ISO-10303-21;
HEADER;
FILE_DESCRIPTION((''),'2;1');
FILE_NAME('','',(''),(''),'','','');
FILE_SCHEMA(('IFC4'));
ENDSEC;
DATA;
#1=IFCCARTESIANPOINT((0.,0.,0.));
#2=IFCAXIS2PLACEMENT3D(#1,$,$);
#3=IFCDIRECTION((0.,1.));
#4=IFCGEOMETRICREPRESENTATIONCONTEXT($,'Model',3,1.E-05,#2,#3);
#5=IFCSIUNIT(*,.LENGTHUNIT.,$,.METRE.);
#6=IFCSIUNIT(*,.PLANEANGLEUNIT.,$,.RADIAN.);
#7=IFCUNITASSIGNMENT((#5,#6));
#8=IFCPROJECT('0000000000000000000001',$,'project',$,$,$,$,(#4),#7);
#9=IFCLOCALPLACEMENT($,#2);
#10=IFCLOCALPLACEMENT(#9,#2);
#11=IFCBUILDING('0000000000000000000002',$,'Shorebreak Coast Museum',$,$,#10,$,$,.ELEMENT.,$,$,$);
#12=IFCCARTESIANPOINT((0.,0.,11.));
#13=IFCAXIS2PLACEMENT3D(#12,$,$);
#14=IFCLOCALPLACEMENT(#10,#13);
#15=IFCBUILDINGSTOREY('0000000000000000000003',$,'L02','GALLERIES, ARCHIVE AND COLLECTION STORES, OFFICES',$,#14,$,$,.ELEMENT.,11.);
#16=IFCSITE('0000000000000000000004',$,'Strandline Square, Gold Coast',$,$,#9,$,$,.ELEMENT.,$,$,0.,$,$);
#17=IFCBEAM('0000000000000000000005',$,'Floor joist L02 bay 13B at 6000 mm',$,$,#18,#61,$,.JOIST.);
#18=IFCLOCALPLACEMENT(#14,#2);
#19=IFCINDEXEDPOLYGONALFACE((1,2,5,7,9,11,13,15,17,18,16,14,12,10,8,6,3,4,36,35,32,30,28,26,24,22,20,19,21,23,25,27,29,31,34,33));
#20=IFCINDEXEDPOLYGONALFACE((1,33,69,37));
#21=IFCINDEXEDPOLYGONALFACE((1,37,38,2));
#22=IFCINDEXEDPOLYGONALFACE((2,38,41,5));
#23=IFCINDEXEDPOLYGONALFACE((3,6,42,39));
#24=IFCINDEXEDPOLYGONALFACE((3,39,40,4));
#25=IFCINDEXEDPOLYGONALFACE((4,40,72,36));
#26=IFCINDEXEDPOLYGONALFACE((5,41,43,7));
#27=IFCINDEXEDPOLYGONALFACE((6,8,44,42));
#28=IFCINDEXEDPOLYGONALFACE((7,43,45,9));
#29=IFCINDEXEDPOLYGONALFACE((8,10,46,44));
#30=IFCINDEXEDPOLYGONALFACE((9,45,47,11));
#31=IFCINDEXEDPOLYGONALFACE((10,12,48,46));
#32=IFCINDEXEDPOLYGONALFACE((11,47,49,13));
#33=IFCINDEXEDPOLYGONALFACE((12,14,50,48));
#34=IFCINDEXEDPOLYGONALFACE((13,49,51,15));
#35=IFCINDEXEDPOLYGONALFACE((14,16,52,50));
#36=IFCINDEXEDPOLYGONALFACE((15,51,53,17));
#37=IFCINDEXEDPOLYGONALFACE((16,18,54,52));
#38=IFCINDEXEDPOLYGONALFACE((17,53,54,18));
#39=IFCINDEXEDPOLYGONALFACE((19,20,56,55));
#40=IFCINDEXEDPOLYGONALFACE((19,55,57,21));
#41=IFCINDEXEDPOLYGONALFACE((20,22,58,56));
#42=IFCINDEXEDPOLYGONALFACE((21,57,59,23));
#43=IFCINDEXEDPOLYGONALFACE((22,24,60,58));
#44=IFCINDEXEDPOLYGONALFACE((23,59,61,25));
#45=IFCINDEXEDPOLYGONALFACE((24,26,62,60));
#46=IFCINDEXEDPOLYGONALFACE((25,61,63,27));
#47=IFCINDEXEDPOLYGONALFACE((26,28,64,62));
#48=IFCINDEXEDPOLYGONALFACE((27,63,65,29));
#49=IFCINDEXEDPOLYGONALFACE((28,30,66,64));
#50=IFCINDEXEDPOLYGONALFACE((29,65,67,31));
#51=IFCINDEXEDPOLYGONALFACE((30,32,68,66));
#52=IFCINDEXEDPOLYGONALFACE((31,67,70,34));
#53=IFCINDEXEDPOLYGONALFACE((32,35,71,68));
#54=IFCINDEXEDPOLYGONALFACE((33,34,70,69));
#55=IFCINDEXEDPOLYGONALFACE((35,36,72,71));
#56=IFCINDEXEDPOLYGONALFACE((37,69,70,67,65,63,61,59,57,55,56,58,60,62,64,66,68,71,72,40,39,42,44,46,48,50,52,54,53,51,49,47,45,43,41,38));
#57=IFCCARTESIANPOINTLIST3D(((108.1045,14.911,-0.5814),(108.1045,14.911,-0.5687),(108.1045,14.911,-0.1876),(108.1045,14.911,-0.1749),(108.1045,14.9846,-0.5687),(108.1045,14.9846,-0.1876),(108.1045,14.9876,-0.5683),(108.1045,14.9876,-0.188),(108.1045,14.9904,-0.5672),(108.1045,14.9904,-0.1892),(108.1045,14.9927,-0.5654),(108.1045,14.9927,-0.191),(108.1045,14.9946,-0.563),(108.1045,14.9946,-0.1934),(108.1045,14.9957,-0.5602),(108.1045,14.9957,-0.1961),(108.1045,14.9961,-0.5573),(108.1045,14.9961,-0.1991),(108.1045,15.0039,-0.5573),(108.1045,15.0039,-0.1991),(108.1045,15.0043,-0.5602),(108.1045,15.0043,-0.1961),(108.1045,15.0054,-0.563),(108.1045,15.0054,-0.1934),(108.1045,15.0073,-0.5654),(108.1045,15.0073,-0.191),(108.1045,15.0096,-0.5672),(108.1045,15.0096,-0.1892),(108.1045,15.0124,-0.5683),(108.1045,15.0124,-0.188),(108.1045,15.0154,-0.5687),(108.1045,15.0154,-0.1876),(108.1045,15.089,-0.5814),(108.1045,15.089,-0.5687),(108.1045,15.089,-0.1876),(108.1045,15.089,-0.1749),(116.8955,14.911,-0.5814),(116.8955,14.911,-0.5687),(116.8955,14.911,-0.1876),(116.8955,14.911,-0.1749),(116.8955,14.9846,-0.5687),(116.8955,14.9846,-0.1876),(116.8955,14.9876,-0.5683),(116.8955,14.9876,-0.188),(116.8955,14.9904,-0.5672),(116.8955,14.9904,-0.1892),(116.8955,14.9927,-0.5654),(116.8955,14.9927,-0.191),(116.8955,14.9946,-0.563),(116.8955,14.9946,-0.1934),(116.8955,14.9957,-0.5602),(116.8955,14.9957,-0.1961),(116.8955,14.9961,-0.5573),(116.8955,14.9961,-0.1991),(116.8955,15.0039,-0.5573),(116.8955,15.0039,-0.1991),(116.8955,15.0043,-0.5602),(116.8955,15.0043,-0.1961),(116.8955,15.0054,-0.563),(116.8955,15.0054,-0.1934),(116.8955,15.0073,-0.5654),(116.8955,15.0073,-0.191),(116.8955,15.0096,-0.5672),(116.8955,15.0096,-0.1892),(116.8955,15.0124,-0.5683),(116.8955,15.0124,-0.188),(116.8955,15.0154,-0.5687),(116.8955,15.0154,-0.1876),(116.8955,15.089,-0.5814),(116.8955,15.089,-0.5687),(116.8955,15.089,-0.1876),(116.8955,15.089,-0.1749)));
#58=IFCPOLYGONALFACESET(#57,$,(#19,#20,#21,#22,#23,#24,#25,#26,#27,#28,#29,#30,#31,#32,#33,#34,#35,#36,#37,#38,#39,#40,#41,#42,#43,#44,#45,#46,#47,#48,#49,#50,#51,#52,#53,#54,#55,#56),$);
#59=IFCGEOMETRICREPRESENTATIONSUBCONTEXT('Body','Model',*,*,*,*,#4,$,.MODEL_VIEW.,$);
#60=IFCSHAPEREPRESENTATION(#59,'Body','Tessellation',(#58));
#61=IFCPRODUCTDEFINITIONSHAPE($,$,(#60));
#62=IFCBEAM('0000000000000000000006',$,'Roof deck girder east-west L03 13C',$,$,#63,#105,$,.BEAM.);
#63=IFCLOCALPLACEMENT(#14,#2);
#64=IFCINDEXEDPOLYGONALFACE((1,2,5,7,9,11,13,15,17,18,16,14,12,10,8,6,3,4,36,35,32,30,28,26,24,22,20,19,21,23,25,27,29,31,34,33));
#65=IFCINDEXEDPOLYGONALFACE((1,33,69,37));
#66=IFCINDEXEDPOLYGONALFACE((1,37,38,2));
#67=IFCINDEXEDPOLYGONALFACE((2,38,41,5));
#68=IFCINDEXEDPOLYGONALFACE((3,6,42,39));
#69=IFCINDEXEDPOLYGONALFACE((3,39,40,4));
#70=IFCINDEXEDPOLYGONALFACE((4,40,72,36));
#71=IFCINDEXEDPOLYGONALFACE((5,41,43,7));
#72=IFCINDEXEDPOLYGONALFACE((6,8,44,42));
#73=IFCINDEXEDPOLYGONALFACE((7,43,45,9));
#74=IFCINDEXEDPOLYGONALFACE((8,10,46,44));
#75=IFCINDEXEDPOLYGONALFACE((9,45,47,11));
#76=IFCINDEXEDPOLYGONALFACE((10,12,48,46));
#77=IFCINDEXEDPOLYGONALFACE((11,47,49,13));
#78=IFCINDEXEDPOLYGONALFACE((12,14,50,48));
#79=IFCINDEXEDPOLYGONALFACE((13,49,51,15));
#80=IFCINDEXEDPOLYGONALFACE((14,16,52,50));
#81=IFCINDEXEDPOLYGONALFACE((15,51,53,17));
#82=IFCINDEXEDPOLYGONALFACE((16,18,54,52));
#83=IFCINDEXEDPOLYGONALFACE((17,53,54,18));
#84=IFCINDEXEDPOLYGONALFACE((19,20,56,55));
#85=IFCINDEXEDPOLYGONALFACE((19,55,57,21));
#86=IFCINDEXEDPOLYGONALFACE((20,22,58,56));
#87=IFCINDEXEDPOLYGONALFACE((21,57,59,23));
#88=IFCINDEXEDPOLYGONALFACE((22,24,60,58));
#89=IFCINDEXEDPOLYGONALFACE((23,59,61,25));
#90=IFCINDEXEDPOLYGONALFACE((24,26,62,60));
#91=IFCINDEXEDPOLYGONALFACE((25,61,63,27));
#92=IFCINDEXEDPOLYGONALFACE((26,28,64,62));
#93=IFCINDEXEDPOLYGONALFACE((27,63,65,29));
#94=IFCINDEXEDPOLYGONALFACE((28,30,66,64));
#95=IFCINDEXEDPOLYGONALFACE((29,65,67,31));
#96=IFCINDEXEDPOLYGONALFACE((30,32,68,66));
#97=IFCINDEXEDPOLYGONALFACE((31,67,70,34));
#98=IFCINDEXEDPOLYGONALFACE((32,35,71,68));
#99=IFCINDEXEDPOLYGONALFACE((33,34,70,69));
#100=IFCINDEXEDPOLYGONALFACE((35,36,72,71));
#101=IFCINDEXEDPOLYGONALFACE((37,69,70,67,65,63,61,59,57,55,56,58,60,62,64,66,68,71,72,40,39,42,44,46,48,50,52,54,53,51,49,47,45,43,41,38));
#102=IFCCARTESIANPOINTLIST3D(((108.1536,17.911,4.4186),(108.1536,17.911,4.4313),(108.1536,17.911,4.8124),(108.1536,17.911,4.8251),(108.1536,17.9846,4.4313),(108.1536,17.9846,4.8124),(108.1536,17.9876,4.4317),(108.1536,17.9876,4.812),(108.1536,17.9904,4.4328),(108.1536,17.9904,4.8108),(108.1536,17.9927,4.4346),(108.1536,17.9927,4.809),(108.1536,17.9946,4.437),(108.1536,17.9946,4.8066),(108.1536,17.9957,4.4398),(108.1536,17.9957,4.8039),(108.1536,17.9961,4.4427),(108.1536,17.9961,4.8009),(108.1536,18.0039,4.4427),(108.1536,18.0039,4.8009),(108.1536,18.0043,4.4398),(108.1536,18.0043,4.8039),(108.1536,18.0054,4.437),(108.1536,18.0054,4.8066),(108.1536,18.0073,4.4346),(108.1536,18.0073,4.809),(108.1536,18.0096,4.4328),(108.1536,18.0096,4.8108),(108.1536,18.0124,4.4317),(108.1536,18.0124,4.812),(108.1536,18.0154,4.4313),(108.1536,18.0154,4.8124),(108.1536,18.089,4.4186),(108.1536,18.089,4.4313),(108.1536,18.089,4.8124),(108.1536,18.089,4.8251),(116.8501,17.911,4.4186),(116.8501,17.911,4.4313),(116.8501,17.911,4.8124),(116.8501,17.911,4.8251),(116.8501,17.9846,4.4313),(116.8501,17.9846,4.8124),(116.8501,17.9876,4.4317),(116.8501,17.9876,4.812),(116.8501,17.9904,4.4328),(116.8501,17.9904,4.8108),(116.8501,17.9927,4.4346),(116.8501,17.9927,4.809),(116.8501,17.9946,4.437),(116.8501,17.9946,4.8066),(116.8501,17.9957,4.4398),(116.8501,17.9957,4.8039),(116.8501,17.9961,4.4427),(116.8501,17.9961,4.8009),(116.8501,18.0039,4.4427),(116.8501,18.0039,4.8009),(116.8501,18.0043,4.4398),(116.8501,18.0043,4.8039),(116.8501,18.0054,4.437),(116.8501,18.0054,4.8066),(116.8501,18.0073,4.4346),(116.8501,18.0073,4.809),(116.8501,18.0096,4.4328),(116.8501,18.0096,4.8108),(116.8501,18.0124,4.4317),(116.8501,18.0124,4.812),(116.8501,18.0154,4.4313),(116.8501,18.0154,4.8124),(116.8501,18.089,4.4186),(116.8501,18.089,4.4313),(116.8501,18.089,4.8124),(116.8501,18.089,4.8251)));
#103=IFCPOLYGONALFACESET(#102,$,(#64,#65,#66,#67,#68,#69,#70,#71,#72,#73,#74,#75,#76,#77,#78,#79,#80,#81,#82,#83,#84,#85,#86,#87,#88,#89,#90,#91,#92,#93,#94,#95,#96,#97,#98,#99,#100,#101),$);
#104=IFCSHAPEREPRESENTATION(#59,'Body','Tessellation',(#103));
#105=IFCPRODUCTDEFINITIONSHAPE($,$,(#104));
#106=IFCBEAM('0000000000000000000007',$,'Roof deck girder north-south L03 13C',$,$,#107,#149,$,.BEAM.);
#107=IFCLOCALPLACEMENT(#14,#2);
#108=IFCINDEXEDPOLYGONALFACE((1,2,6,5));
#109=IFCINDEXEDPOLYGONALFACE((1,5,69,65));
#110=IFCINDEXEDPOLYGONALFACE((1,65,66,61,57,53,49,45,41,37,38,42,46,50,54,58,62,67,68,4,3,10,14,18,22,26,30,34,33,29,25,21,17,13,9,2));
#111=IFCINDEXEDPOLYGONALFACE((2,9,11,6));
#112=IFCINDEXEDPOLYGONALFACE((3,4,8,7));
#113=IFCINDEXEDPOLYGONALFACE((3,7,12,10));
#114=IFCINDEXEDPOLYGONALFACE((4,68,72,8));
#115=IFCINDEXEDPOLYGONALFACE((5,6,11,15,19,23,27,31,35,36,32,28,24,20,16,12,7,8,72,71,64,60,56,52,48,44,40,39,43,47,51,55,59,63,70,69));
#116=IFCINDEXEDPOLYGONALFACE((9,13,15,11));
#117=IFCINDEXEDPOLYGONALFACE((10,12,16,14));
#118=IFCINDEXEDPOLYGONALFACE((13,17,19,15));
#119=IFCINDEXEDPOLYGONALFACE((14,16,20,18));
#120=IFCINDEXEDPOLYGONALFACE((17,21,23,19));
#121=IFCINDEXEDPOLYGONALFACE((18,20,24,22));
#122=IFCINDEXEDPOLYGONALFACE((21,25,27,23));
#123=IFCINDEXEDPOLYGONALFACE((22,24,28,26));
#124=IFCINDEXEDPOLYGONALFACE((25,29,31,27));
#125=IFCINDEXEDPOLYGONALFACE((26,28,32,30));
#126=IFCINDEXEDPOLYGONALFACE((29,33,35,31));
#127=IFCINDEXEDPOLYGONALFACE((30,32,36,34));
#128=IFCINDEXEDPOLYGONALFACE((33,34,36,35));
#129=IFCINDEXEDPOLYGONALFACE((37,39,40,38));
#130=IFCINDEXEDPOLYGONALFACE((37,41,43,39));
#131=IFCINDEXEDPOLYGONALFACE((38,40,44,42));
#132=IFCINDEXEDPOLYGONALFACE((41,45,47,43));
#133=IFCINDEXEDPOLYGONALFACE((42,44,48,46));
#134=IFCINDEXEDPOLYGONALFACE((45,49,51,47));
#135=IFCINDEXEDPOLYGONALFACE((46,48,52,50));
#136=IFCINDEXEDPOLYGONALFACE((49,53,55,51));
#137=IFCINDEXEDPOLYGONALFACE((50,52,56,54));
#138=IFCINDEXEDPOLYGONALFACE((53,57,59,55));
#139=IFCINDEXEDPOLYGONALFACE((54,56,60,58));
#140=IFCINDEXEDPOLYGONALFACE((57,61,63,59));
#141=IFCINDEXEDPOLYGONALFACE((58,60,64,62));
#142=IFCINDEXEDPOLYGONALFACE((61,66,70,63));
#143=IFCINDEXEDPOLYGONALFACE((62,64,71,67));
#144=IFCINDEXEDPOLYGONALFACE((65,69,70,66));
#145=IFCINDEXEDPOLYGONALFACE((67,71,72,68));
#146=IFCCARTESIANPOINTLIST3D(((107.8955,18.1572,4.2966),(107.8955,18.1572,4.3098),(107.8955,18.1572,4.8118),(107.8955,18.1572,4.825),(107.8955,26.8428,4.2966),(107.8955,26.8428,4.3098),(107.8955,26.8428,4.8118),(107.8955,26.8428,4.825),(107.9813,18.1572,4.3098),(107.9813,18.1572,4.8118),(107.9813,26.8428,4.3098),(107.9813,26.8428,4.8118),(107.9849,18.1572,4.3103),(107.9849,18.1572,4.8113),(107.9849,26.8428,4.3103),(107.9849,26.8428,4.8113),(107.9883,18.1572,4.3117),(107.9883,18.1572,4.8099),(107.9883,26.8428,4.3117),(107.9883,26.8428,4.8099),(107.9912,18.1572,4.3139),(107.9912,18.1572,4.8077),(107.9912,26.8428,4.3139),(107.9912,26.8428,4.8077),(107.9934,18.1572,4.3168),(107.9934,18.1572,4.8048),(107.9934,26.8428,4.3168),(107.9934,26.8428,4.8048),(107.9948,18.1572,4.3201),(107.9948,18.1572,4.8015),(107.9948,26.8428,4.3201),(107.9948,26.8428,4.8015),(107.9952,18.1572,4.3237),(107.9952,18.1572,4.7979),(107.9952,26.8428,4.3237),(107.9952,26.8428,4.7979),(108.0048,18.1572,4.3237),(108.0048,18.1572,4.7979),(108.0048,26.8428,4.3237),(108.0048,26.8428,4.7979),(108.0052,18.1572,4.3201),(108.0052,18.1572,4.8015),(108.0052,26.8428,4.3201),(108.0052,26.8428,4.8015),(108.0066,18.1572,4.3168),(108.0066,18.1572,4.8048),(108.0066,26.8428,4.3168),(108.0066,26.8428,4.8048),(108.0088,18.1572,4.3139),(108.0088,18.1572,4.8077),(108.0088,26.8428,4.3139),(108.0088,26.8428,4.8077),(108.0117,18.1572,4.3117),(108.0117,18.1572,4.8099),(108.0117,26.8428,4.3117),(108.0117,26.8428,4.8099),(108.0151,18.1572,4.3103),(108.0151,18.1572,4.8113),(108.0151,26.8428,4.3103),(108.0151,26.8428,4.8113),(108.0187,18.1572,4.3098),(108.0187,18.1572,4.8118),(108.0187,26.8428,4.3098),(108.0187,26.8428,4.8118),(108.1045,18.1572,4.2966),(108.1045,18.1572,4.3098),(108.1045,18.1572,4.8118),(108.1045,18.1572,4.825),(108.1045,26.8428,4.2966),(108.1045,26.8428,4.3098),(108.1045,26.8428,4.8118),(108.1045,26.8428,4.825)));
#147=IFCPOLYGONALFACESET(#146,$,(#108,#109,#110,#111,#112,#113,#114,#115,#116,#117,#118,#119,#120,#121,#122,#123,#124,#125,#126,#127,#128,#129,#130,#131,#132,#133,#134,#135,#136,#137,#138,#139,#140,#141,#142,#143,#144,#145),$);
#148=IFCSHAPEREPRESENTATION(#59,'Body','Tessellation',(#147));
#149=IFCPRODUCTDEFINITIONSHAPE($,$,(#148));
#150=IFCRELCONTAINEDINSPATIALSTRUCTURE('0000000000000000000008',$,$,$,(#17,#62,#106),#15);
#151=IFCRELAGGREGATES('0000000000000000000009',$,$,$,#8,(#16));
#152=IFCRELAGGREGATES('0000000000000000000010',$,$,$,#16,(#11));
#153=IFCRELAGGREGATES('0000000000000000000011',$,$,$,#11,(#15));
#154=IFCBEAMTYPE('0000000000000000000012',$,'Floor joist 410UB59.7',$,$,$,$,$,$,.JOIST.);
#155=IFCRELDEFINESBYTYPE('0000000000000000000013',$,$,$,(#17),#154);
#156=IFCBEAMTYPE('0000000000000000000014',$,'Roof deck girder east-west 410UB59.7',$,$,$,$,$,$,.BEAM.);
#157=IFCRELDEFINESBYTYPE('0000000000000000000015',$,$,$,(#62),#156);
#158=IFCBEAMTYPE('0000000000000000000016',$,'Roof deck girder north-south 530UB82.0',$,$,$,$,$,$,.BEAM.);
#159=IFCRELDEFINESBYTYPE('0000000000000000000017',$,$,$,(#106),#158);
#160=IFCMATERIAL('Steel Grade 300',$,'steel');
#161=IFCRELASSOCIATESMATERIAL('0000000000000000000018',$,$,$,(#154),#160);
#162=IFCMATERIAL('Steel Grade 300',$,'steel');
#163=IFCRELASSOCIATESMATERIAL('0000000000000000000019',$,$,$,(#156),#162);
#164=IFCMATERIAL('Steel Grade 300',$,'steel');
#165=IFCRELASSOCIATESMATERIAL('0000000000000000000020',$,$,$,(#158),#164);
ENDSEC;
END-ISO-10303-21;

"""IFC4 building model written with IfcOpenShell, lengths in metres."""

from ifc_helpers import new_model, si_unit, direction, frame, origin, origin_2d, place, context, subcontext, project, spatial, i_section, extrude, material, material_profile, profile_set, type_object, element, save


model = new_model("IFC4")

# Units and contexts
model_context = context("Model", 3, precision=1e-05, world=origin(), true_north=direction((0.0, 1.0)))
body_context = subcontext(model_context, "Body", "Model", "MODEL_VIEW")
ifc_project = project(units=[si_unit("LENGTHUNIT", "METRE"), si_unit("PLANEANGLEUNIT", "RADIAN")], contexts=[model_context])

# Site, building, storey
site_placement = place(None, origin())
site = spatial("IfcSite", under=ifc_project, at=site_placement, Name="Strandline Square, Gold Coast", CompositionType="ELEMENT", RefElevation=0.0)
building_placement = place(site_placement, origin())
building = spatial("IfcBuilding", under=site, at=building_placement, Name="Shorebreak Coast Museum", CompositionType="ELEMENT")
storey_placement = place(building_placement, frame((0.0, 0.0, 11.0)))
storey = spatial("IfcBuildingStorey", under=building, at=storey_placement, Name="L02", Description="GALLERIES, ARCHIVE AND COLLECTION STORES, OFFICES", CompositionType="ELEMENT", Elevation=11.0)

# Beams
ifc_material_1 = material(Name="Steel Grade 300", Category="steel")
ifc_material_profile_1 = material_profile(ifc_material_1, i_section(OverallWidth=0.178, OverallDepth=0.4065, WebThickness=0.0078, FlangeThickness=0.0127, FilletRadius=0.0115, at=origin_2d()), Name="410UB59.7")
ifc_profile_set_1 = profile_set([ifc_material_profile_1], Name="Steel Grade 300")
beam_type_1 = type_object("IfcBeamType", Name="Floor joist 410UB59.7", PredefinedType="JOIST", material=ifc_profile_set_1)
beam_1_placement = place(storey_placement, frame((108.1045, 15.0, -0.3782), z_axis=(1.0, 0.0, 0.0), x_axis=(0.0, 1.0, 0.0)))
element("IfcBeam", 1, at=beam_1_placement, inside=storey, type_object=beam_type_1, Name="Floor joist L02 bay 13B at 6000 mm", PredefinedType="JOIST", context=body_context, shape_type="SweptSolid", body=[
    extrude(i_section(OverallWidth=0.178, OverallDepth=0.4065, WebThickness=0.0078, FlangeThickness=0.0127, FilletRadius=0.0115, at=origin_2d()), origin(), (0.0, 0.0, 1.0), 8.791),
])
ifc_material_2 = material(Name="Steel Grade 300", Category="steel")
ifc_material_profile_2 = material_profile(ifc_material_2, i_section(OverallWidth=0.178, OverallDepth=0.4065, WebThickness=0.0078, FlangeThickness=0.0127, FilletRadius=0.0115, at=origin_2d()), Name="410UB59.7")
ifc_profile_set_2 = profile_set([ifc_material_profile_2], Name="Steel Grade 300")
beam_type_2 = type_object("IfcBeamType", Name="Roof deck girder east-west 410UB59.7", PredefinedType="BEAM", material=ifc_profile_set_2)
beam_2_placement = place(storey_placement, frame((108.1536, 18.0, 4.6218), z_axis=(1.0, 0.0, 0.0), x_axis=(0.0, 1.0, 0.0)))
element("IfcBeam", 2, at=beam_2_placement, inside=storey, type_object=beam_type_2, Name="Roof deck girder east-west L03 13C", PredefinedType="BEAM", context=body_context, shape_type="SweptSolid", body=[
    extrude(i_section(OverallWidth=0.178, OverallDepth=0.4065, WebThickness=0.0078, FlangeThickness=0.0127, FilletRadius=0.0115, at=origin_2d()), origin(), (0.0, 0.0, 1.0), 8.6965),
])
ifc_material_3 = material(Name="Steel Grade 300", Category="steel")
ifc_material_profile_3 = material_profile(ifc_material_3, i_section(OverallWidth=0.209, OverallDepth=0.5283, WebThickness=0.0095, FlangeThickness=0.0132, FilletRadius=0.0139, at=origin_2d()), Name="530UB82.0")
ifc_profile_set_3 = profile_set([ifc_material_profile_3], Name="Steel Grade 300")
beam_type_3 = type_object("IfcBeamType", Name="Roof deck girder north-south 530UB82.0", PredefinedType="BEAM", material=ifc_profile_set_3)
beam_3_placement = place(storey_placement, frame((108.0, 18.1572, 4.5608), z_axis=(0.0, 1.0, 0.0), x_axis=(-1.0, 0.0, 0.0)))
element("IfcBeam", 3, at=beam_3_placement, inside=storey, type_object=beam_type_3, Name="Roof deck girder north-south L03 13C", PredefinedType="BEAM", context=body_context, shape_type="SweptSolid", body=[
    extrude(i_section(OverallWidth=0.209, OverallDepth=0.5283, WebThickness=0.0095, FlangeThickness=0.0132, FilletRadius=0.0139, at=origin_2d()), origin(), (0.0, 0.0, 1.0), 8.6855),
])

save(model, "model.ifc")
